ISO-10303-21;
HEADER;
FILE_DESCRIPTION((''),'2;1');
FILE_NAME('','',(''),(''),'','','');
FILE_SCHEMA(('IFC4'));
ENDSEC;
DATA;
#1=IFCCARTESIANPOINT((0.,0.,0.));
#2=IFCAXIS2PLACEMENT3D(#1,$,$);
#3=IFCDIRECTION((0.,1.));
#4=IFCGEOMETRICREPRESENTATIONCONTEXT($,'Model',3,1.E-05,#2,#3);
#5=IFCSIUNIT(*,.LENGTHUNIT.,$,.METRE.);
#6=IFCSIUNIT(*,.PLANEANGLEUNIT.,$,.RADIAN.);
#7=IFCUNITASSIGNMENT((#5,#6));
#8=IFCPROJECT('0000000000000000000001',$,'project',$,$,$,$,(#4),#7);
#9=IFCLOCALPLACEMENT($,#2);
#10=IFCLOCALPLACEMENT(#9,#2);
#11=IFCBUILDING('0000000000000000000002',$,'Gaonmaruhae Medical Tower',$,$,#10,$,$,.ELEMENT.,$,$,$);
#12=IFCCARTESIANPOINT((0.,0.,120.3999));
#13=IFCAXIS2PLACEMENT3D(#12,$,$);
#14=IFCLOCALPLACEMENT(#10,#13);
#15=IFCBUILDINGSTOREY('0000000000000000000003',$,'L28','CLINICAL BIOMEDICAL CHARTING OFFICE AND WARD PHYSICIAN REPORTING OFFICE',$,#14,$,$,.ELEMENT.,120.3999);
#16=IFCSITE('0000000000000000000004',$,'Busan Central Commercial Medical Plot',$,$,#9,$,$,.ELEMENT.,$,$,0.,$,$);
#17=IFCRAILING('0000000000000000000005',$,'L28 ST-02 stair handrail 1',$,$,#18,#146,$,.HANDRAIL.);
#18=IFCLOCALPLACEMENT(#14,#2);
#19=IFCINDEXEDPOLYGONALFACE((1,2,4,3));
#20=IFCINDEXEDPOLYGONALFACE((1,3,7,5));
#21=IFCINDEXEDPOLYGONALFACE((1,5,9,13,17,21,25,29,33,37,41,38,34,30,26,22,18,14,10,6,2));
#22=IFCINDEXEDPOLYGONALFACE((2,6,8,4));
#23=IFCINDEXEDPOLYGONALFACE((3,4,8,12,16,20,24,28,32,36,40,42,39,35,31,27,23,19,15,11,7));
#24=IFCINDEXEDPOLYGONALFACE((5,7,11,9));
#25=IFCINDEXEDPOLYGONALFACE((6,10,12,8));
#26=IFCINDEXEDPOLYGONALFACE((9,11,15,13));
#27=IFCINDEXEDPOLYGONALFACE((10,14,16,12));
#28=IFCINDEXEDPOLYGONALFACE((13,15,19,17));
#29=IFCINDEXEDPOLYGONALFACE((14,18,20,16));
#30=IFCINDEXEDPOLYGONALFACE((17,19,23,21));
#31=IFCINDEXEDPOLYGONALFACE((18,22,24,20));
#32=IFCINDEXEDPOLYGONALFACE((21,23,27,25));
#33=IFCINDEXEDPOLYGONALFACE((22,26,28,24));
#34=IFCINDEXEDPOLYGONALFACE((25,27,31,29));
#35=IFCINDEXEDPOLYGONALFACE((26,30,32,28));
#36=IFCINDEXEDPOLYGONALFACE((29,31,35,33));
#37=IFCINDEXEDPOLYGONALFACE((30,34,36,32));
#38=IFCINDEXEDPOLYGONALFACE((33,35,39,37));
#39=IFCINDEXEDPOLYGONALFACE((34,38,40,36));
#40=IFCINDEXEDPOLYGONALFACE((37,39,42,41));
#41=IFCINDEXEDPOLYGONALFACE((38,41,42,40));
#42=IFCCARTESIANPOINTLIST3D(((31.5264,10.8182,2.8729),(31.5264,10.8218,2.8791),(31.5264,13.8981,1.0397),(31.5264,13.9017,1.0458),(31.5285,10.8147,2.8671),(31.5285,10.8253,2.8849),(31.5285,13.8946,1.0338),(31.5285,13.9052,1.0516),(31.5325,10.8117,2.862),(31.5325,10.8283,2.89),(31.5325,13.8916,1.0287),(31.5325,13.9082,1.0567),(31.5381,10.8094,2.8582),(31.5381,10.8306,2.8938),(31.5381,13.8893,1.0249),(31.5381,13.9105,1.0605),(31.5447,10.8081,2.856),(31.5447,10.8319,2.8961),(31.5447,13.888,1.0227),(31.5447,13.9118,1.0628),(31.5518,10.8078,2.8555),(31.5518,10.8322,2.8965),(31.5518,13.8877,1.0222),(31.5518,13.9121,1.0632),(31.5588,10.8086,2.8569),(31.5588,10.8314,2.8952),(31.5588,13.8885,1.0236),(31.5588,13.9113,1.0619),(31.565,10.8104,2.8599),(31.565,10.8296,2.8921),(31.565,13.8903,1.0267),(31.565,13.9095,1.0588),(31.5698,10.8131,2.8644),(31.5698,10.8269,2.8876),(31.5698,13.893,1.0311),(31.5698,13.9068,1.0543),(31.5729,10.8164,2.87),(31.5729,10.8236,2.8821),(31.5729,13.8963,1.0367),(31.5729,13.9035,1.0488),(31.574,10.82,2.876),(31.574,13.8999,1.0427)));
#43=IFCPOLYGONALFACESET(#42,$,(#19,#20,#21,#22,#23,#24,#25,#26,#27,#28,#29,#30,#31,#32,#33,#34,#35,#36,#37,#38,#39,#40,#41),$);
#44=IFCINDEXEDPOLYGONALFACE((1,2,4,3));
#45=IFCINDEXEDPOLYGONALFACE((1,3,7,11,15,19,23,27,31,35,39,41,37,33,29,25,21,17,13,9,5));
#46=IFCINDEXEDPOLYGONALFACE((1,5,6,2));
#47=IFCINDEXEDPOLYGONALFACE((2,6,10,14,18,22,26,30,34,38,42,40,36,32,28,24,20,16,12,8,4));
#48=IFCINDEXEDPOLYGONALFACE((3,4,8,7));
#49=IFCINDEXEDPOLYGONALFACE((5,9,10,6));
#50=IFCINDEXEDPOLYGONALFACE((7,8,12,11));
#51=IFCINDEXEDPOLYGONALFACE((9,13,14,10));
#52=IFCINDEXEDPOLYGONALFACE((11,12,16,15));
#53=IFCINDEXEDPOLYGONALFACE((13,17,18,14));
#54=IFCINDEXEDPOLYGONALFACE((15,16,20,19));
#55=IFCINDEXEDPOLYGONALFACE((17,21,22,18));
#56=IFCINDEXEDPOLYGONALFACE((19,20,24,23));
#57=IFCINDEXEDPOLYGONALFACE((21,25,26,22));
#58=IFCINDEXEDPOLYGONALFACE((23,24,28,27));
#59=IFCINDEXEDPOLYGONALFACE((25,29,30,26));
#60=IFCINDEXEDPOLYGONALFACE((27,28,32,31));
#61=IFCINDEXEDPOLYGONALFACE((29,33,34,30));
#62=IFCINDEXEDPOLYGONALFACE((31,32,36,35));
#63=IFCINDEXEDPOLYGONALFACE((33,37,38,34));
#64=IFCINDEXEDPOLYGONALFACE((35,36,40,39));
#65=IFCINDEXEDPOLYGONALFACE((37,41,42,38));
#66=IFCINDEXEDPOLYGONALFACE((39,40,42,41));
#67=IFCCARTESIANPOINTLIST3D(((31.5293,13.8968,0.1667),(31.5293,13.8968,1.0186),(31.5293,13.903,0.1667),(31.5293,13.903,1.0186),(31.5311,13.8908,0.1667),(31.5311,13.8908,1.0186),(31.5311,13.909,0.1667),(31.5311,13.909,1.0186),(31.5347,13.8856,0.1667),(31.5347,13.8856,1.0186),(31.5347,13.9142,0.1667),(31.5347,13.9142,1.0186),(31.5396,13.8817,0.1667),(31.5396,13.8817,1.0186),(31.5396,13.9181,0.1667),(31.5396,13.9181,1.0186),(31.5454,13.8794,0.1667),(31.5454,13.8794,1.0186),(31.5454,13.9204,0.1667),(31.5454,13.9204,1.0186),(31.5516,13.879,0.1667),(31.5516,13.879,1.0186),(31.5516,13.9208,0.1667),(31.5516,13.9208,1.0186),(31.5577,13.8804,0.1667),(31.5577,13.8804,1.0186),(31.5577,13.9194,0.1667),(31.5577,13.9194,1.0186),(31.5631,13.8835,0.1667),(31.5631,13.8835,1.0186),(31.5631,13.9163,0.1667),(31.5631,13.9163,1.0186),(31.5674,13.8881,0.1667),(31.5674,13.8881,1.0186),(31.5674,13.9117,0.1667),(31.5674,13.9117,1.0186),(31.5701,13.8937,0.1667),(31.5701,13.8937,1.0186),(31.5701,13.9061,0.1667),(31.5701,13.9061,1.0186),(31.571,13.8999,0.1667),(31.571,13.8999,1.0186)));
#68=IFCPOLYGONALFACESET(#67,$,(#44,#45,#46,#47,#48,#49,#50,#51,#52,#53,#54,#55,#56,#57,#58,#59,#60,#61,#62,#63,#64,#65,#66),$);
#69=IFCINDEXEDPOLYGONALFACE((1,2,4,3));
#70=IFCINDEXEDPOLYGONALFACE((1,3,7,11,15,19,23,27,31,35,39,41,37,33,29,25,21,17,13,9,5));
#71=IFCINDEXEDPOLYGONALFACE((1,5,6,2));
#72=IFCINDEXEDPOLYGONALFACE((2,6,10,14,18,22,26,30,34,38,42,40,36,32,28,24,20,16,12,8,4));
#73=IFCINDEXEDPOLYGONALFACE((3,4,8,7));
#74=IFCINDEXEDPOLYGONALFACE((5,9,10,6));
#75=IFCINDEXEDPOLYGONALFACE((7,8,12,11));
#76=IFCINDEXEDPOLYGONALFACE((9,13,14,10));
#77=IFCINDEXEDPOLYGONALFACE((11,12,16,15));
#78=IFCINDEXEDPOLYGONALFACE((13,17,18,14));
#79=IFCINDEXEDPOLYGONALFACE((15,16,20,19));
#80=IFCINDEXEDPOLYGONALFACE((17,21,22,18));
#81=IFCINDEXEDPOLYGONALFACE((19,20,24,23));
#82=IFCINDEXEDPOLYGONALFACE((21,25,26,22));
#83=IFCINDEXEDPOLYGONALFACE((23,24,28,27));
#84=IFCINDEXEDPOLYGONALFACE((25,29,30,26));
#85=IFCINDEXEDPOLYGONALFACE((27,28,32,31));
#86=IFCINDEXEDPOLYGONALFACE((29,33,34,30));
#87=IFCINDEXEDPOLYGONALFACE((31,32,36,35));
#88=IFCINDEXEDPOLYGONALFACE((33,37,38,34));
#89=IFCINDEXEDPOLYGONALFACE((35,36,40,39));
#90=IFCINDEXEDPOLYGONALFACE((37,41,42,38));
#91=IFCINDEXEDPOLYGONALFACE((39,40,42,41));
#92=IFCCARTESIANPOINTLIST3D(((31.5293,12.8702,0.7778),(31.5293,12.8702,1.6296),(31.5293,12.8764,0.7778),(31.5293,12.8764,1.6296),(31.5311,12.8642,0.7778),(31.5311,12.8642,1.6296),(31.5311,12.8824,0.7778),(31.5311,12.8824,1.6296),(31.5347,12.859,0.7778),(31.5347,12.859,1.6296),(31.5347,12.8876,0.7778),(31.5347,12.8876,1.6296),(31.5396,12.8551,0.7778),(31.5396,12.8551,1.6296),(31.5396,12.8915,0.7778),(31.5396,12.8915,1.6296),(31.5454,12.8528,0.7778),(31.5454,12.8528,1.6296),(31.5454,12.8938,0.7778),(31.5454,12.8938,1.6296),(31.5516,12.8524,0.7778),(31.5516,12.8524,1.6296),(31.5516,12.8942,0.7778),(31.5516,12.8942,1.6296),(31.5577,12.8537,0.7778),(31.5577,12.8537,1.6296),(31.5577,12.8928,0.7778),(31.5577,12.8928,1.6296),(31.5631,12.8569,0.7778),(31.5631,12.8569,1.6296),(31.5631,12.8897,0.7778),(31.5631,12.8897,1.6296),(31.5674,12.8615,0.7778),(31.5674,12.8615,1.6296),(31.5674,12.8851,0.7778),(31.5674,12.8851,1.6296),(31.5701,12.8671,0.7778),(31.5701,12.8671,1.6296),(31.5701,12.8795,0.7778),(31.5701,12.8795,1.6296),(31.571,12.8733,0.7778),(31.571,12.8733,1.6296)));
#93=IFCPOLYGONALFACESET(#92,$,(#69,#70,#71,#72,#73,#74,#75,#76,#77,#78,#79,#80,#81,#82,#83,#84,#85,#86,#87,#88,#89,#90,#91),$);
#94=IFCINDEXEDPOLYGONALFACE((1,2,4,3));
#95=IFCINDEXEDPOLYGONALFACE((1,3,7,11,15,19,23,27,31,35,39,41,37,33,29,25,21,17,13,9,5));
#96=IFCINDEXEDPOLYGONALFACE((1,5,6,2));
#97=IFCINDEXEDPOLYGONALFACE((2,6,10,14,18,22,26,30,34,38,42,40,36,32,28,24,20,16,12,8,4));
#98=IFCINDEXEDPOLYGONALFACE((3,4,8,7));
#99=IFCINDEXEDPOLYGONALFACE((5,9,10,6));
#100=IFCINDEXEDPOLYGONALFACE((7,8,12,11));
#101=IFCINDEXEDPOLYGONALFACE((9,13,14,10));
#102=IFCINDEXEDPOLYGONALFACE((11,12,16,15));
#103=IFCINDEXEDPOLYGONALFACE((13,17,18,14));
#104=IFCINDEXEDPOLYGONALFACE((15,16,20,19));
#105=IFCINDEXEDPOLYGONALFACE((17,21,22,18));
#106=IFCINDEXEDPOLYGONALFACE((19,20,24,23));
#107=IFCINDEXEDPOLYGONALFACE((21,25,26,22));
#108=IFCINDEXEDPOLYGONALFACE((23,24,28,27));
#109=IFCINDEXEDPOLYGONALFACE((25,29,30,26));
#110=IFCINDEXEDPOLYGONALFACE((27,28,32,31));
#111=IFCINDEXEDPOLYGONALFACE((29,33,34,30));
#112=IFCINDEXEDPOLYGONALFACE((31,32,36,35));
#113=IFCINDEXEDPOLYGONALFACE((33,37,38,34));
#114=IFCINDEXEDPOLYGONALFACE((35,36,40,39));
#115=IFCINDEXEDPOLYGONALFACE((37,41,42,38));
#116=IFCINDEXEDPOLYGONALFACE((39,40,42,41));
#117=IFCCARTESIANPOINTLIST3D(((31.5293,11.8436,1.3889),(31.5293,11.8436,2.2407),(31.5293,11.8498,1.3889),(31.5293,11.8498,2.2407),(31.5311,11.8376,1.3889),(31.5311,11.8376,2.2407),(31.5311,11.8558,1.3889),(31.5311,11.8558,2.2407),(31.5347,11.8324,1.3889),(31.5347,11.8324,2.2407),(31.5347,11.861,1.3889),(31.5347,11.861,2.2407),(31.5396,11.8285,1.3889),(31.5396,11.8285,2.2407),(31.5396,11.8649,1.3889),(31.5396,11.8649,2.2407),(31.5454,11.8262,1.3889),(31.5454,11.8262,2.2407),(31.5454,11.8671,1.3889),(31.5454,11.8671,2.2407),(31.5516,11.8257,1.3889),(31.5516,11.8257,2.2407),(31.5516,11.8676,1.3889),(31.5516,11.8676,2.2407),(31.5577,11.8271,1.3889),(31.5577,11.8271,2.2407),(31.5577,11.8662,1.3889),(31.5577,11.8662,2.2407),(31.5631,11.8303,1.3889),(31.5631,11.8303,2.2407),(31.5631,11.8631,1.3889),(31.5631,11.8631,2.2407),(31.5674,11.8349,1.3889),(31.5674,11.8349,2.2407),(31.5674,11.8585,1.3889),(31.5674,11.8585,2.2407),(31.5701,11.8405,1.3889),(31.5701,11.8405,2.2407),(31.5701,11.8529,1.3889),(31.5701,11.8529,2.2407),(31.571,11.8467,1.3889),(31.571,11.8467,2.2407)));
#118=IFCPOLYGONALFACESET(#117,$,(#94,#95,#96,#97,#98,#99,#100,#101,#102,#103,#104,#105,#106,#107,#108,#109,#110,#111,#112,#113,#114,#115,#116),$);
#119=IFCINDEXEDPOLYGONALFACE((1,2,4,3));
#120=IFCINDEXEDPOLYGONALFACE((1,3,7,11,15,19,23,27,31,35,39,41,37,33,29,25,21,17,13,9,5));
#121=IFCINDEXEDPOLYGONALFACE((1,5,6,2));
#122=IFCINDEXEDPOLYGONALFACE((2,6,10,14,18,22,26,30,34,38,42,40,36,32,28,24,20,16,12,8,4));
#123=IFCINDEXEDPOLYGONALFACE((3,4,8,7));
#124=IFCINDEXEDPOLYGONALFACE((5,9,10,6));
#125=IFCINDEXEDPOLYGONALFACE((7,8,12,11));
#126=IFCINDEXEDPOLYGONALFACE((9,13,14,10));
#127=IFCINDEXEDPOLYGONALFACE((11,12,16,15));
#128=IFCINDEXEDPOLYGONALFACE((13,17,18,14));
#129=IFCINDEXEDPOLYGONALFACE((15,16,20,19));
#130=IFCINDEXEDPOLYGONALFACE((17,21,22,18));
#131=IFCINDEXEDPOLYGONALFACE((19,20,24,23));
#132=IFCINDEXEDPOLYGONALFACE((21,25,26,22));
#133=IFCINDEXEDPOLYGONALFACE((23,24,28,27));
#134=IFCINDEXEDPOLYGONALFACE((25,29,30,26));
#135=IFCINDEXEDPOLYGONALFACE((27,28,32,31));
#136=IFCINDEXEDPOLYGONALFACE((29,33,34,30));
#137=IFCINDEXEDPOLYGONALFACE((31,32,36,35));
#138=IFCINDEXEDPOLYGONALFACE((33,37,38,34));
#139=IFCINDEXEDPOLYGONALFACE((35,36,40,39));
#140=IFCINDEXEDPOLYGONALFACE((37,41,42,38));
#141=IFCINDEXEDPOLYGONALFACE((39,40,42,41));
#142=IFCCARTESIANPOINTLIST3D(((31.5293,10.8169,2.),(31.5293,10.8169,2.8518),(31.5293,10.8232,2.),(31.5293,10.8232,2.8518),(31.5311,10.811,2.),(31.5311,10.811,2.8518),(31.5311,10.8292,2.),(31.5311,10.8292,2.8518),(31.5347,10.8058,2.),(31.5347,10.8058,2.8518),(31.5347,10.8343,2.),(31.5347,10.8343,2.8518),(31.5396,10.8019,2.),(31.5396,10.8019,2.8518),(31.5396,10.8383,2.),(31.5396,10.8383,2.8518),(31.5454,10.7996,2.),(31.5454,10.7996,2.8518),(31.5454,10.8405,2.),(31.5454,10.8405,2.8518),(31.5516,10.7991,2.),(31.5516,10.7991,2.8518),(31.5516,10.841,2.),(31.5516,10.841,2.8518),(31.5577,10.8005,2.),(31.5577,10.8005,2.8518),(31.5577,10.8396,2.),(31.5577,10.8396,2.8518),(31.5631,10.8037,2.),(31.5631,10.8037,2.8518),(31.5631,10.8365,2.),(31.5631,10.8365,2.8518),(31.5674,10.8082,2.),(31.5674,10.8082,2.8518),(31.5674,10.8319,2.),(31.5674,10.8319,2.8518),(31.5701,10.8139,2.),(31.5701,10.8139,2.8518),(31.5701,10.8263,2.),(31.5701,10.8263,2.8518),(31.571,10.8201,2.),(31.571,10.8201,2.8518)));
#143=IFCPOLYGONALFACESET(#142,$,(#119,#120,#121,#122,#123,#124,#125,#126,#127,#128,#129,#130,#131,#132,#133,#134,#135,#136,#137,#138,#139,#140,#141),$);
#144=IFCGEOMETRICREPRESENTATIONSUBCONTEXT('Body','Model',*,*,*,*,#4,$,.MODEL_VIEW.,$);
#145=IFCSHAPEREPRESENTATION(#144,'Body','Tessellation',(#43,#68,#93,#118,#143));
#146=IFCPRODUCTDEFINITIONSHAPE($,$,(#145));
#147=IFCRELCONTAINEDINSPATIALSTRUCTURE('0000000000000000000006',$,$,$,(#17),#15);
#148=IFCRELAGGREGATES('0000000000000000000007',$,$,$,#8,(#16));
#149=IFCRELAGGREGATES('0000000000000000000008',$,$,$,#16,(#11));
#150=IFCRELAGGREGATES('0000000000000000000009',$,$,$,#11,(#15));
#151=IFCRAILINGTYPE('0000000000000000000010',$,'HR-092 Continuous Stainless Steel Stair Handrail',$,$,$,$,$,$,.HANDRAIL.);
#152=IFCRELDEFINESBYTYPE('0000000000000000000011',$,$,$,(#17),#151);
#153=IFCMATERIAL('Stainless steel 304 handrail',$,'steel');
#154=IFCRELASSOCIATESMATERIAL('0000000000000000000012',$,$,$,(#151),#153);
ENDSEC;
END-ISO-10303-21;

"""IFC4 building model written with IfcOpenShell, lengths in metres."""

from ifc_helpers import new_model, si_unit, direction, frame, origin, origin_2d, place, context, subcontext, project, spatial, circle, extrude, material, type_object, element, save


model = new_model("IFC4")

# Units and contexts
model_context = context("Model", 3, precision=1e-05, world=origin(), true_north=direction((0.0, 1.0)))
body_context = subcontext(model_context, "Body", "Model", "MODEL_VIEW")
ifc_project = project(units=[si_unit("LENGTHUNIT", "METRE"), si_unit("PLANEANGLEUNIT", "RADIAN")], contexts=[model_context])

# Site, building, storey
site_placement = place(None, origin())
site = spatial("IfcSite", under=ifc_project, at=site_placement, Name="Busan Central Commercial Medical Plot", CompositionType="ELEMENT", RefElevation=0.0)
building_placement = place(site_placement, origin())
building = spatial("IfcBuilding", under=site, at=building_placement, Name="Gaonmaruhae Medical Tower", CompositionType="ELEMENT")
storey_placement = place(building_placement, frame((0.0, 0.0, 120.3999)))
storey = spatial("IfcBuildingStorey", under=building, at=storey_placement, Name="L28", Description="CLINICAL BIOMEDICAL CHARTING OFFICE AND WARD PHYSICIAN REPORTING OFFICE", CompositionType="ELEMENT", Elevation=120.3999)

# Railing
ifc_material_1 = material(Name="Stainless steel 304 handrail", Category="steel")
railing_type_1 = type_object("IfcRailingType", Name="HR-092 Continuous Stainless Steel Stair Handrail", PredefinedType="HANDRAIL", material=ifc_material_1)
railing_1_placement = place(storey_placement, frame((31.55, 13.8999, 0.1667)))
element("IfcRailing", 1, at=railing_1_placement, inside=storey, type_object=railing_type_1, Name="L28 ST-02 stair handrail 1", PredefinedType="HANDRAIL", context=body_context, shape_type="SweptSolid", body=[
    extrude(circle(Radius=0.0239, at=origin_2d()), frame((0.0, 0.0, 0.876), z_axis=(0.0, -0.859291, 0.511487), x_axis=(1.0, 0.0, 0.0)), (0.0, 0.0, 1.0), 3.5842),
    extrude(circle(Radius=0.021, at=origin_2d()), origin(), (0.0, 0.0, 1.0), 0.8518),
    extrude(circle(Radius=0.021, at=origin_2d()), frame((0.0, -1.0266, 0.6111)), (0.0, 0.0, 1.0), 0.8518),
    extrude(circle(Radius=0.021, at=origin_2d()), frame((0.0, -2.0532, 1.2222)), (0.0, 0.0, 1.0), 0.8518),
    extrude(circle(Radius=0.021, at=origin_2d()), frame((0.0, -3.0798, 1.8333)), (0.0, 0.0, 1.0), 0.8518),
])

save(model, "model.ifc")
